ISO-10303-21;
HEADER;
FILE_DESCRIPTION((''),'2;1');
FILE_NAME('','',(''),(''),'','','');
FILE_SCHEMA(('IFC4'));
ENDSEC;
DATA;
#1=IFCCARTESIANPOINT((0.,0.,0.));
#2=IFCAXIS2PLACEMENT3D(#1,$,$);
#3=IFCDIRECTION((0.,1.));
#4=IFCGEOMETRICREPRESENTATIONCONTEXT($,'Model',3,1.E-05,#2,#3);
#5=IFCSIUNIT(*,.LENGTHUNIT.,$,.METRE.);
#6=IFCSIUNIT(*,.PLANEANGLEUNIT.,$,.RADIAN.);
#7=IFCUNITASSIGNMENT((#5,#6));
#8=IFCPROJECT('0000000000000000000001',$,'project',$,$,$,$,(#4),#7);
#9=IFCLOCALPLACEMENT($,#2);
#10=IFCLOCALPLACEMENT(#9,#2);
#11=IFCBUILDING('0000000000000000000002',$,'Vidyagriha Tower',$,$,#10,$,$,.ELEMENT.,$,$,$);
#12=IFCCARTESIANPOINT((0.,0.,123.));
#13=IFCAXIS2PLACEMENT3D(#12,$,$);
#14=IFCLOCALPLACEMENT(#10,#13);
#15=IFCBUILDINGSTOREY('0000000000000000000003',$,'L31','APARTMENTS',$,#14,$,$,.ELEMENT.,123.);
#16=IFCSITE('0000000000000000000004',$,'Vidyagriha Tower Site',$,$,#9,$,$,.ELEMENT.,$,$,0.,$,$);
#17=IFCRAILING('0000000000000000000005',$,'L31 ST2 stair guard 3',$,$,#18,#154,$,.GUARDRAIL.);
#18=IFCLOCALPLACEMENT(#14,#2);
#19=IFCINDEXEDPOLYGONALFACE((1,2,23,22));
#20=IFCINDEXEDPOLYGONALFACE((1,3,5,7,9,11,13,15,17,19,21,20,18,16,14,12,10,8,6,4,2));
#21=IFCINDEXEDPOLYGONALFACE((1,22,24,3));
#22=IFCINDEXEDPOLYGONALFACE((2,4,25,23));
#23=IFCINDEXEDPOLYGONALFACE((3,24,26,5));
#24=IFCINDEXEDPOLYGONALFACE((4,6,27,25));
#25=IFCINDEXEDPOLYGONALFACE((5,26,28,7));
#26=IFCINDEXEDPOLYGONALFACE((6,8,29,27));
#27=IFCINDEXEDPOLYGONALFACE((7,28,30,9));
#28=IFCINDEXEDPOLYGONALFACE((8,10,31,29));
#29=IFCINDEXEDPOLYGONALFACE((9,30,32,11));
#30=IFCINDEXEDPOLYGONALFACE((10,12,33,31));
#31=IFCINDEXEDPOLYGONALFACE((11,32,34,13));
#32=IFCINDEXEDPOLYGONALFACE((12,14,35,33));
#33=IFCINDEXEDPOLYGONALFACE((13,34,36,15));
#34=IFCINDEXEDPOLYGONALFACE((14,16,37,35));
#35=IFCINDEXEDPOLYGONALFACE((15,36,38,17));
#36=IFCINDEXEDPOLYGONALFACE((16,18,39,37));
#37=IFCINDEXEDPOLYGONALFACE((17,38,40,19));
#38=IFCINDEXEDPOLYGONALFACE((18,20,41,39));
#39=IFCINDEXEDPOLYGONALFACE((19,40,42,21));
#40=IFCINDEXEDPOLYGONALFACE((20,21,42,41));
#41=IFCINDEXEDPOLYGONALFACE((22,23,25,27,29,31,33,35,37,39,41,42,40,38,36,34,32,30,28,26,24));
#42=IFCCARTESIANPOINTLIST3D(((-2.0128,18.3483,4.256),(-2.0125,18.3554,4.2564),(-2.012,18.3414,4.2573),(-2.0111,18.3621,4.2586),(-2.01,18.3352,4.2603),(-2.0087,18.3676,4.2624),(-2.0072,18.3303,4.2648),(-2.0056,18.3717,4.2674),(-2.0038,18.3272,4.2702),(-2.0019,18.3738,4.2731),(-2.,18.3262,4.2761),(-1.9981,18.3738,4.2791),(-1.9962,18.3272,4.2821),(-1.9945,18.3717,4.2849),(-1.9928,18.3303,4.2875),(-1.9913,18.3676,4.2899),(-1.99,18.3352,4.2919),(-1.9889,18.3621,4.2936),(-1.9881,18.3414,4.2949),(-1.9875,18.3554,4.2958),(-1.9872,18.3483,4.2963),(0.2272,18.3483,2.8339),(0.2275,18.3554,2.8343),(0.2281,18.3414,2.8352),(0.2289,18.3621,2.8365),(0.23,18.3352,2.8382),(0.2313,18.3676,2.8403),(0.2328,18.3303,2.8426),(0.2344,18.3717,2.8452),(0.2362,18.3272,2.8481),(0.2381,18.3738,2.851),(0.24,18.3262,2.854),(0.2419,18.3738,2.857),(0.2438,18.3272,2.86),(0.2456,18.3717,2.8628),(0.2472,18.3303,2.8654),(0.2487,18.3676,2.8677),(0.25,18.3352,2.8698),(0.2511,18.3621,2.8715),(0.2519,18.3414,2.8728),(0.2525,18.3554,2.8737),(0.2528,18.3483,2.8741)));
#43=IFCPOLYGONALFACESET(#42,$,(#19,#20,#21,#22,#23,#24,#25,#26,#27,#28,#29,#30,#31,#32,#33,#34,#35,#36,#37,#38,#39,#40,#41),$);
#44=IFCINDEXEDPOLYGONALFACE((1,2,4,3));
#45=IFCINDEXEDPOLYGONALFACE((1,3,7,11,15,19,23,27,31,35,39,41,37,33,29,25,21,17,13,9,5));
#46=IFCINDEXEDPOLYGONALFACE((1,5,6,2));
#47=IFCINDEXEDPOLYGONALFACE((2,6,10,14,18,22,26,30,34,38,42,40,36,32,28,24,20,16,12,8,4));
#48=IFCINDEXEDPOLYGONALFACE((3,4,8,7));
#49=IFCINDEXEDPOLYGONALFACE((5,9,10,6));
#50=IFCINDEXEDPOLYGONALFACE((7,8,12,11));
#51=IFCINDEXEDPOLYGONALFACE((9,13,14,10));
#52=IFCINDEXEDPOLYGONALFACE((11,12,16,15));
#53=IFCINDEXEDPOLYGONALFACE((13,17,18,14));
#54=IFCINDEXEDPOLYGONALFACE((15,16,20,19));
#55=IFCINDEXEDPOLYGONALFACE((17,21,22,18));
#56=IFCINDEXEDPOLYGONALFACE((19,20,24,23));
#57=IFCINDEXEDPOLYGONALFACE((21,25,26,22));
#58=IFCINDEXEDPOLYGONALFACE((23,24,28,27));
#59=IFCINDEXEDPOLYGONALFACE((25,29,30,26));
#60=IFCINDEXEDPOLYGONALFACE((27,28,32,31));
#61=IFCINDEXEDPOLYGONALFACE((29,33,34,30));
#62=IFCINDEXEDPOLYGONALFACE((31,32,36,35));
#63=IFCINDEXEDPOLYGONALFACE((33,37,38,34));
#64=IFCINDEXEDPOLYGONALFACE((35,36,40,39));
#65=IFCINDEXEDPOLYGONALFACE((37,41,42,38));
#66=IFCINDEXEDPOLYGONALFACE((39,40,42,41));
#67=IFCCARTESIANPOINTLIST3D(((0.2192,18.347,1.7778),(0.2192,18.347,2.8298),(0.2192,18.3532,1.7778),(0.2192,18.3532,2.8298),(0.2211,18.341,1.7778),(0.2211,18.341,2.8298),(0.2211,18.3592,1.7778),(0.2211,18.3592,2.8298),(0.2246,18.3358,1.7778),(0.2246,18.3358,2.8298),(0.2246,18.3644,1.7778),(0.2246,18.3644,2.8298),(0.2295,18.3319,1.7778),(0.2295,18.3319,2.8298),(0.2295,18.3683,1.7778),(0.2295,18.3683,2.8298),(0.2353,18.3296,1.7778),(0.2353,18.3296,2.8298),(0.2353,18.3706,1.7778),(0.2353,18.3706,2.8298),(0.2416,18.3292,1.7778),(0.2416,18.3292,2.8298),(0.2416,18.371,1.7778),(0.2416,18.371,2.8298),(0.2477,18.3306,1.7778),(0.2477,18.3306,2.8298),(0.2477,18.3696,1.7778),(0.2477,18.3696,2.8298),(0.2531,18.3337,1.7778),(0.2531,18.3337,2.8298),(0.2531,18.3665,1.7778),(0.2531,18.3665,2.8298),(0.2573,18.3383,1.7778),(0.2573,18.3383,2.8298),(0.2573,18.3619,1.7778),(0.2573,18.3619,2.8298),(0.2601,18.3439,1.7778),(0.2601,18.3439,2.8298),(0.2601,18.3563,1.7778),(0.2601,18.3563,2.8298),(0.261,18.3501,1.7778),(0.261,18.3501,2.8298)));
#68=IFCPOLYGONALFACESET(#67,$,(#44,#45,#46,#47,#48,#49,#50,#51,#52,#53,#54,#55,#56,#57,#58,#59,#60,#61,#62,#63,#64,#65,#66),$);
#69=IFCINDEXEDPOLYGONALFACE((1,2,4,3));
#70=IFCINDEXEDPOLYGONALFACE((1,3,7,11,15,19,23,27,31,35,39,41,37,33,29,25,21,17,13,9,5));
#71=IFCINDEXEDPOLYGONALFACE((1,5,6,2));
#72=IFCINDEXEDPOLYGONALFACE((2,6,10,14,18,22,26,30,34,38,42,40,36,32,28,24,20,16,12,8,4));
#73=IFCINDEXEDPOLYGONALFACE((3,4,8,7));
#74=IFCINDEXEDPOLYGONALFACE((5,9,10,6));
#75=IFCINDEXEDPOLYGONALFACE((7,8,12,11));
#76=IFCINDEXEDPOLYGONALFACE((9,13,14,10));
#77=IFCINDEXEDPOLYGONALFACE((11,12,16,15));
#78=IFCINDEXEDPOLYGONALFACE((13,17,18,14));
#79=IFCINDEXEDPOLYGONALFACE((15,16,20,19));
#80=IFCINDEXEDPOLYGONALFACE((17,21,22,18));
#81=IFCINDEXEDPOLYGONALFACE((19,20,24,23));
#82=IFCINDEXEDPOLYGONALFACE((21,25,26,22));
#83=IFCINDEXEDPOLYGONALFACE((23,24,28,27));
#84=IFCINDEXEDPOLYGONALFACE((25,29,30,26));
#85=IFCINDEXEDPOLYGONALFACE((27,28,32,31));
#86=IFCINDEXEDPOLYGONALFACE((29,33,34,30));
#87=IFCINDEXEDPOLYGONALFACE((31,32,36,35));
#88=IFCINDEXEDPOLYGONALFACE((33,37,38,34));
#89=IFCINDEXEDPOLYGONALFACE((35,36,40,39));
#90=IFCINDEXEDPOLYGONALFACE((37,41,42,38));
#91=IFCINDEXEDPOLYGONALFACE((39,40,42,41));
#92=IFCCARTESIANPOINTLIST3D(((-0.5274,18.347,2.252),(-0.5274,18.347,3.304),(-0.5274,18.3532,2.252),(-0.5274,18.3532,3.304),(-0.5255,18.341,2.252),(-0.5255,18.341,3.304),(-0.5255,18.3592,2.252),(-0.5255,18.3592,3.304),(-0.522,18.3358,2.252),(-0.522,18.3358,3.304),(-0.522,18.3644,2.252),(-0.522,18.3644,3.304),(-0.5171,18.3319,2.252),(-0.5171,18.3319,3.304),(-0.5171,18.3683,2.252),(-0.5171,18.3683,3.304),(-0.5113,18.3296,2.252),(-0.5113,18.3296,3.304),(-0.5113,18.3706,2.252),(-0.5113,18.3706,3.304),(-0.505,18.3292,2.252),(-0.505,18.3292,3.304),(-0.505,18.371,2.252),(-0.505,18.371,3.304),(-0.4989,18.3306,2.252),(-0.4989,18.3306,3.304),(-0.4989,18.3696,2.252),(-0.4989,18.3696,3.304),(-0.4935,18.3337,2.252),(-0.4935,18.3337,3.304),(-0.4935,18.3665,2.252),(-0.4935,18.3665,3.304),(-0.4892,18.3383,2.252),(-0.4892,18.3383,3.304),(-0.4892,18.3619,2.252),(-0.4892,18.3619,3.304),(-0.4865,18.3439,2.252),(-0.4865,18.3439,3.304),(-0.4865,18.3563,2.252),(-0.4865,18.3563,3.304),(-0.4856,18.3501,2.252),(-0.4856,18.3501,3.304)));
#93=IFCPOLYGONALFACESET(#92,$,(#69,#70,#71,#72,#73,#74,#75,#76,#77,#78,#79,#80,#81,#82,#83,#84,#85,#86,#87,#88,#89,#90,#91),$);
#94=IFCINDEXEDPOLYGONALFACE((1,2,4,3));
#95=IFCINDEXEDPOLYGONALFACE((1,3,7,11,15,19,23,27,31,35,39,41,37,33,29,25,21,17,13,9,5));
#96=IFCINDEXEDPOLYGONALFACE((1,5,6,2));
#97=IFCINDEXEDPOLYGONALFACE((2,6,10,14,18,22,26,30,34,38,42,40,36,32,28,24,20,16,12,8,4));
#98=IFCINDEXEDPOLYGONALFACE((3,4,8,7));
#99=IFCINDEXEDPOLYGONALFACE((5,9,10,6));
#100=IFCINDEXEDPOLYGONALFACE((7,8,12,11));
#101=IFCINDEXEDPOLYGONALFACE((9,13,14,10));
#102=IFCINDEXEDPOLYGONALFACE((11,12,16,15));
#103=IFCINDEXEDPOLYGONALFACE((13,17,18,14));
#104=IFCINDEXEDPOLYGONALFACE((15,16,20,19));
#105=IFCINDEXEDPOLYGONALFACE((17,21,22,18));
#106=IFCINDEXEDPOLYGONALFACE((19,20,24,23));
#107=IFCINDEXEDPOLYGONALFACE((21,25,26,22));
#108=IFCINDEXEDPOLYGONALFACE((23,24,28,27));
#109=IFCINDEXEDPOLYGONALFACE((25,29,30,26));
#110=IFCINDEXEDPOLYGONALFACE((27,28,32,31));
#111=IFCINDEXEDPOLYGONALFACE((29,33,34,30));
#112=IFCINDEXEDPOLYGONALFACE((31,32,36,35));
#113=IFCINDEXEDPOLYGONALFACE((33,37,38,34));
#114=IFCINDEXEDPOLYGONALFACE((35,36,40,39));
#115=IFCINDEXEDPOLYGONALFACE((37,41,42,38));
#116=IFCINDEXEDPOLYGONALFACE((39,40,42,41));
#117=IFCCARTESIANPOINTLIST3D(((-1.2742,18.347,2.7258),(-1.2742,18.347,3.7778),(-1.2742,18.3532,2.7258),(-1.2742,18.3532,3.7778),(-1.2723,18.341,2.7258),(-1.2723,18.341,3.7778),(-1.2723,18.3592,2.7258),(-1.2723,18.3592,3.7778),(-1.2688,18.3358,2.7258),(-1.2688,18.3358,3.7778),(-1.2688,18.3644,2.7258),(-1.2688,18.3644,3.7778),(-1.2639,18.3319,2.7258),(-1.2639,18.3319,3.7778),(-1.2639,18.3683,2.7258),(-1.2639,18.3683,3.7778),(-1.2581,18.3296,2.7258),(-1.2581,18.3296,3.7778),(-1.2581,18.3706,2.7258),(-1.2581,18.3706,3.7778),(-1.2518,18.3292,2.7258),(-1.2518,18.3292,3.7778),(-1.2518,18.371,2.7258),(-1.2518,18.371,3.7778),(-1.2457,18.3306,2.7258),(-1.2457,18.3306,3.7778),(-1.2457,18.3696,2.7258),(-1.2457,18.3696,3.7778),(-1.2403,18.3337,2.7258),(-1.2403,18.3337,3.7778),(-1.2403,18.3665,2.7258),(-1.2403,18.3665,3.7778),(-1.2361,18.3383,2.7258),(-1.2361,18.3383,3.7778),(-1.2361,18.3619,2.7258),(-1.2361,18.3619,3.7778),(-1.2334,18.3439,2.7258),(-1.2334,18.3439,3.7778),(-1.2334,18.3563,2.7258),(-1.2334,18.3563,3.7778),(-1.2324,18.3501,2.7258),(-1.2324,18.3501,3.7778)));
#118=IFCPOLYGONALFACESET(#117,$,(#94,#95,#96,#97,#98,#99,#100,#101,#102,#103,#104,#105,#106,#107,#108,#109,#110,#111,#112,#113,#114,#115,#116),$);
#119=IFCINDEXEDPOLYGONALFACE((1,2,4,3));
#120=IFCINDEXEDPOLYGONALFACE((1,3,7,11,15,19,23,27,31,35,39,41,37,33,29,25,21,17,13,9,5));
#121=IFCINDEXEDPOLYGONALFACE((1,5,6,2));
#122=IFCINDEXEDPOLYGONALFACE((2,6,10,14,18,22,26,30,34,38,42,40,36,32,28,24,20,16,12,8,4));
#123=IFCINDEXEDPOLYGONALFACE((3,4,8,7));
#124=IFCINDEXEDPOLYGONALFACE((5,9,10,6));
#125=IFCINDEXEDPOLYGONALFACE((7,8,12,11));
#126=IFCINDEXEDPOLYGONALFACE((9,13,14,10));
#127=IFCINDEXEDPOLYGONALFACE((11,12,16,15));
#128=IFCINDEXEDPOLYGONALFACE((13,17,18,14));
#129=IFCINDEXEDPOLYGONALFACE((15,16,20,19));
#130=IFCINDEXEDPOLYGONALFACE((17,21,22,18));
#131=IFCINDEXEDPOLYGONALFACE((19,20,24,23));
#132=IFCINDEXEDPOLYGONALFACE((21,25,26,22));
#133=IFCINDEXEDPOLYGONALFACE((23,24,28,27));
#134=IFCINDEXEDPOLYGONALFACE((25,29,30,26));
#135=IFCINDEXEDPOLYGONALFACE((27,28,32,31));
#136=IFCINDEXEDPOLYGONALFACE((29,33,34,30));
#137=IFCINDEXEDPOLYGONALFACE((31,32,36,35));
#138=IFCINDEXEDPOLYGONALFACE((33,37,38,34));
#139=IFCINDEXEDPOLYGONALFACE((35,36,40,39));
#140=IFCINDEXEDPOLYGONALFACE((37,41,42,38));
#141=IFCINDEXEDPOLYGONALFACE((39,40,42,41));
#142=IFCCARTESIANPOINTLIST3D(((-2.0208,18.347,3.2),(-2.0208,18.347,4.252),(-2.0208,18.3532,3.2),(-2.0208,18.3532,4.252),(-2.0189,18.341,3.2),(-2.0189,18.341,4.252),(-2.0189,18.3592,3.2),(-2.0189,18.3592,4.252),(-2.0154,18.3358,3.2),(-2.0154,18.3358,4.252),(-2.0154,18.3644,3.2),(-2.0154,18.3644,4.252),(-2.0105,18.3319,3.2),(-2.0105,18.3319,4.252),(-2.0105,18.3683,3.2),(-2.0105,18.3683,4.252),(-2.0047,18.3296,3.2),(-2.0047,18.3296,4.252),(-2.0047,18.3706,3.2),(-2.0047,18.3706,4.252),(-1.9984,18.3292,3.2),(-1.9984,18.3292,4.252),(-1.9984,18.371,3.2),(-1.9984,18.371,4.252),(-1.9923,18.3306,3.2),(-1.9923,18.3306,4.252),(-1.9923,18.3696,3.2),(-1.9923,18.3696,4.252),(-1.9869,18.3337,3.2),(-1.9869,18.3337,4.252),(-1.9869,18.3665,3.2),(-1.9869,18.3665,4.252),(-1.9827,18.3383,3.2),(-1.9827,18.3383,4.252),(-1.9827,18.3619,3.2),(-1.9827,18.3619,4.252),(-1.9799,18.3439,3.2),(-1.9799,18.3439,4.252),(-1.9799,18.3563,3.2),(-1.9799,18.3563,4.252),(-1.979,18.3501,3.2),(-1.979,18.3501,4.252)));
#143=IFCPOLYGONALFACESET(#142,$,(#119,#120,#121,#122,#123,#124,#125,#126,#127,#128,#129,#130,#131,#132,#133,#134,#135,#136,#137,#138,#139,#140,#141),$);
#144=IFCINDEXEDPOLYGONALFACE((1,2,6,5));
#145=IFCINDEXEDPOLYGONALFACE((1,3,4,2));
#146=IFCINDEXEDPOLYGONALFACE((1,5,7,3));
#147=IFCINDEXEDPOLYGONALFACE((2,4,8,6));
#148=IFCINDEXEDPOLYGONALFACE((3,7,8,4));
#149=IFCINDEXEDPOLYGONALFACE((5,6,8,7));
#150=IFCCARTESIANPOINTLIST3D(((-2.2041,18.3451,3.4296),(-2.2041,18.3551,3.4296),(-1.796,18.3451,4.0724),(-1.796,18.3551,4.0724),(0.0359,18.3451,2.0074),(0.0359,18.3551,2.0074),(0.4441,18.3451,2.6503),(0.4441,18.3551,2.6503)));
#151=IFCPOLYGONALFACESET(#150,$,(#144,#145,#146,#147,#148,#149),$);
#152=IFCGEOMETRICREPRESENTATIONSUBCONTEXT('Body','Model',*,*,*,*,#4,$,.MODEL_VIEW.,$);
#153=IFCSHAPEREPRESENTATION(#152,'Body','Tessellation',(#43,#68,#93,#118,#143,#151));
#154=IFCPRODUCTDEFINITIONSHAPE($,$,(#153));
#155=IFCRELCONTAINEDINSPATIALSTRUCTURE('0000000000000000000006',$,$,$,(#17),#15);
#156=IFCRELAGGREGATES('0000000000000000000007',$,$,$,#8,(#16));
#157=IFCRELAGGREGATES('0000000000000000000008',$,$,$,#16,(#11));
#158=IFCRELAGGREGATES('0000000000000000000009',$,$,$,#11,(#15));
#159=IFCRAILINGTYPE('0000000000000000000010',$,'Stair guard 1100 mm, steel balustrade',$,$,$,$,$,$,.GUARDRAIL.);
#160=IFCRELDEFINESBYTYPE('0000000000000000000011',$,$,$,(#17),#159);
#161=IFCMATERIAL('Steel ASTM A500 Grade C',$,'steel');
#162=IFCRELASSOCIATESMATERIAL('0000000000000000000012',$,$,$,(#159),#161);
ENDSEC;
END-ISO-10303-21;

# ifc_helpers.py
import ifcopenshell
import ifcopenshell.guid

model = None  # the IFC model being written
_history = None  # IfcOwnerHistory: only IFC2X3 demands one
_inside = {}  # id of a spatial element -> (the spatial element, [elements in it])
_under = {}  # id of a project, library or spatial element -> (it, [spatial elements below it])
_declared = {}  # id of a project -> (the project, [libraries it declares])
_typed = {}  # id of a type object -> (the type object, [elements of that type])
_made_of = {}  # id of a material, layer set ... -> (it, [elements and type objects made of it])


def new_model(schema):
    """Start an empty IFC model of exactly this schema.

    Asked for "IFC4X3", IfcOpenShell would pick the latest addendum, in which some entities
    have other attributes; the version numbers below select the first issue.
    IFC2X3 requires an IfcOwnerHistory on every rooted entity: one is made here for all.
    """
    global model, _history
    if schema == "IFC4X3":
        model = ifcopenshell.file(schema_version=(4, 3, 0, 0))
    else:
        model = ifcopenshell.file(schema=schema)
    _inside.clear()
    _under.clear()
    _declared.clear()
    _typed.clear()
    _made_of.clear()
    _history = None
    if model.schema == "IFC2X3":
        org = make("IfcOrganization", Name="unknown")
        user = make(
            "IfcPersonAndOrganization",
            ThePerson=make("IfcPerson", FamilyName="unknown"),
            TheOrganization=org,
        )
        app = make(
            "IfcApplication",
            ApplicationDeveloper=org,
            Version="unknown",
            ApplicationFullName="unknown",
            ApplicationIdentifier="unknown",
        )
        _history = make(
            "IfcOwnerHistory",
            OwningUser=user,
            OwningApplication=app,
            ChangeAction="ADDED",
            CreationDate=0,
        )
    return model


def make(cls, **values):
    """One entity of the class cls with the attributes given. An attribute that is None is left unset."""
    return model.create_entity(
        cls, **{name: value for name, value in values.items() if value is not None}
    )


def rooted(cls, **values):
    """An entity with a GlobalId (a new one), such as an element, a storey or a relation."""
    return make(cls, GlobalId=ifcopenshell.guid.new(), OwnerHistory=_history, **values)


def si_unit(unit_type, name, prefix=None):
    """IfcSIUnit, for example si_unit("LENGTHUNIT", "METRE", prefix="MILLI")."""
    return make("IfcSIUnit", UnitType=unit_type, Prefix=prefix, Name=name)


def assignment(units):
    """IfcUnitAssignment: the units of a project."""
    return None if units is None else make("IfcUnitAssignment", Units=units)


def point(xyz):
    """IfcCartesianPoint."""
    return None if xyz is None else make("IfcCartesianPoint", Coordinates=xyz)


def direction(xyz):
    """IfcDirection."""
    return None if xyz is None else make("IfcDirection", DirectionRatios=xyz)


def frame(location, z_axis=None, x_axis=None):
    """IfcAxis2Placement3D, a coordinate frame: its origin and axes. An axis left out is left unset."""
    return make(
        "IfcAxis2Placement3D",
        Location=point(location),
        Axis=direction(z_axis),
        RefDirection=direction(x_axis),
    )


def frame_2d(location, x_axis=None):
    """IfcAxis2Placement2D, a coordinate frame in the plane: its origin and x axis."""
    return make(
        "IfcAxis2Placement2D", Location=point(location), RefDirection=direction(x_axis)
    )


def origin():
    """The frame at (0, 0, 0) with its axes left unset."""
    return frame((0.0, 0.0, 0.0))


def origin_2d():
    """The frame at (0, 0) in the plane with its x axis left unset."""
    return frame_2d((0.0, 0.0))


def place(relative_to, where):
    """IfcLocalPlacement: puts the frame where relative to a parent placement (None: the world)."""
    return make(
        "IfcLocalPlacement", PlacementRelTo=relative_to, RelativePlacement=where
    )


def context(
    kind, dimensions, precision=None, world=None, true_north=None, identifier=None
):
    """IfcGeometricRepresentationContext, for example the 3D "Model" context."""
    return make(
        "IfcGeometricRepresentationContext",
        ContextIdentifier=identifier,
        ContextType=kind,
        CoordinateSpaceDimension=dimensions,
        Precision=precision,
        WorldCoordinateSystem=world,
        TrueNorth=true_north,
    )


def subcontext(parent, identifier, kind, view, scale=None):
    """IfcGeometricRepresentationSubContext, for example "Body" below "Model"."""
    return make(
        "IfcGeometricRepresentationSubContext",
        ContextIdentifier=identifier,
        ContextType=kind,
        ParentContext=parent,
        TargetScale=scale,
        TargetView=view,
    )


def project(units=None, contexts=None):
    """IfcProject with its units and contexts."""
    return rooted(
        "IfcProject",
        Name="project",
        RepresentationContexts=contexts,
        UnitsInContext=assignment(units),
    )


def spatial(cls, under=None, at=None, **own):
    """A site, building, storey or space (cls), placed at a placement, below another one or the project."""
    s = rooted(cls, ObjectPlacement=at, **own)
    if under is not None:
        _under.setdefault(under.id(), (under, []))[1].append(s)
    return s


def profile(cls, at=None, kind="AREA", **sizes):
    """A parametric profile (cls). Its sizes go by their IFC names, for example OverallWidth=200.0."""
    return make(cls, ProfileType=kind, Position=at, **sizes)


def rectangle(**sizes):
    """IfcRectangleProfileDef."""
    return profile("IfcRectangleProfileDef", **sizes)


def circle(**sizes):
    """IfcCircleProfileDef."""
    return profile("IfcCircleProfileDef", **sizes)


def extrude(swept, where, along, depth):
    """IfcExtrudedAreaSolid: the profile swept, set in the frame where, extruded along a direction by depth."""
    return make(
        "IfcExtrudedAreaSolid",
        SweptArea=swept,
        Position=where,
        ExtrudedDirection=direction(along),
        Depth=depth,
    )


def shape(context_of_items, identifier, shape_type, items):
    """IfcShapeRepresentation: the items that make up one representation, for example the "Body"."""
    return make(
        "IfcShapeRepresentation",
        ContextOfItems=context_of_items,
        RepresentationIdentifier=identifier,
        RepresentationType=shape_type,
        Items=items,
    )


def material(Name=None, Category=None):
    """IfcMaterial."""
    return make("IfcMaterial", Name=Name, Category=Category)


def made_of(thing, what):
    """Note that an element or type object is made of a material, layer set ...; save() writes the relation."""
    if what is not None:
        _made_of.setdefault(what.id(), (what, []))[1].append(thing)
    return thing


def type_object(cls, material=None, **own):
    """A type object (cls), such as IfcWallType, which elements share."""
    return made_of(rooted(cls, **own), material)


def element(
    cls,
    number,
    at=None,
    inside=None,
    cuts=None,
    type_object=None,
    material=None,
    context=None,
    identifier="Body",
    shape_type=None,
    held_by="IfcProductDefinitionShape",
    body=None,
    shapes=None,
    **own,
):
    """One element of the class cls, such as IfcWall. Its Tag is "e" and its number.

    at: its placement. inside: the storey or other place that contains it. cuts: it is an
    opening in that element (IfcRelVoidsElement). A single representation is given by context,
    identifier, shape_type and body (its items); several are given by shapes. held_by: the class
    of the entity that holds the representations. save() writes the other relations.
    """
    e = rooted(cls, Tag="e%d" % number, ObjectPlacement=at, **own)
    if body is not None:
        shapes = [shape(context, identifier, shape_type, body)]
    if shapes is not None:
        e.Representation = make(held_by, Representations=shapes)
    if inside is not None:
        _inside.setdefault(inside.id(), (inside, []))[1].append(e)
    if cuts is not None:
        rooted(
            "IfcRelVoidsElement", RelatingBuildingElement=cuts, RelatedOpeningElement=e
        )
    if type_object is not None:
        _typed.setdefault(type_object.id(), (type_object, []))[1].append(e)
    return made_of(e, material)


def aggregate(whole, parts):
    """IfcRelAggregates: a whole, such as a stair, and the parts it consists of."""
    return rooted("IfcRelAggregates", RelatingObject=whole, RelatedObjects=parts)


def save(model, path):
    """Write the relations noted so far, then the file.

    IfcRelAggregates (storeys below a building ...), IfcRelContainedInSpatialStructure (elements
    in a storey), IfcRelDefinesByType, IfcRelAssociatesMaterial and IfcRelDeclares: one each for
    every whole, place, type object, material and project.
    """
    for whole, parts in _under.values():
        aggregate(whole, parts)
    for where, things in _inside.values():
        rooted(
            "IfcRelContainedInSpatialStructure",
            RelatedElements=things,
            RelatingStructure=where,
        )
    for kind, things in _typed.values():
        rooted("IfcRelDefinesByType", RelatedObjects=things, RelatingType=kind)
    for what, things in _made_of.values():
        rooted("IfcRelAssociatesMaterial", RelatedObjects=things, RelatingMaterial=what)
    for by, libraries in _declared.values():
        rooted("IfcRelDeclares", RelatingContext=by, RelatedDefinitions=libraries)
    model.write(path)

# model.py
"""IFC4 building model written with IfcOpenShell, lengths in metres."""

from ifc_helpers import new_model, si_unit, direction, frame, origin, origin_2d, place, context, subcontext, project, spatial, rectangle, circle, extrude, material, type_object, element, save


model = new_model("IFC4")

# Units and contexts
model_context = context("Model", 3, precision=1e-05, world=origin(), true_north=direction((0.0, 1.0)))
body_context = subcontext(model_context, "Body", "Model", "MODEL_VIEW")
ifc_project = project(units=[si_unit("LENGTHUNIT", "METRE"), si_unit("PLANEANGLEUNIT", "RADIAN")], contexts=[model_context])

# Site, building, storey
site_placement = place(None, origin())
site = spatial("IfcSite", under=ifc_project, at=site_placement, Name="Vidyagriha Tower Site", CompositionType="ELEMENT", RefElevation=0.0)
building_placement = place(site_placement, origin())
building = spatial("IfcBuilding", under=site, at=building_placement, Name="Vidyagriha Tower", CompositionType="ELEMENT")
storey_placement = place(building_placement, frame((0.0, 0.0, 123.0)))
storey = spatial("IfcBuildingStorey", under=building, at=storey_placement, Name="L31", Description="APARTMENTS", CompositionType="ELEMENT", Elevation=123.0)

# Railing
ifc_material_1 = material(Name="Steel ASTM A500 Grade C", Category="steel")
railing_type_1 = type_object("IfcRailingType", Name="Stair guard 1100 mm, steel balustrade", PredefinedType="GUARDRAIL", material=ifc_material_1)
railing_1_placement = place(storey_placement, frame((0.24, 18.3501, 1.7778)))
element("IfcRailing", 1, at=railing_1_placement, inside=storey, type_object=railing_type_1, Name="L31 ST2 stair guard 3", PredefinedType="GUARDRAIL", context=body_context, shape_type="SweptSolid", body=[
    extrude(circle(Radius=0.0239, at=origin_2d()), frame((0.0, 0.0, 1.0762), z_axis=(-0.844229, 0.0, 0.535982), x_axis=(0.0, -1.0, 0.0)), (0.0, 0.0, 1.0), 2.6533),
    extrude(circle(Radius=0.021, at=origin_2d()), origin(), (0.0, 0.0, 1.0), 1.052),
    extrude(circle(Radius=0.021, at=origin_2d()), frame((-0.7466, 0.0, 0.4741)), (0.0, 0.0, 1.0), 1.052),
    extrude(circle(Radius=0.021, at=origin_2d()), frame((-1.4934, 0.0, 0.948)), (0.0, 0.0, 1.0), 1.052),
    extrude(circle(Radius=0.021, at=origin_2d()), frame((-2.24, 0.0, 1.4221)), (0.0, 0.0, 1.0), 1.052),
    extrude(rectangle(XDim=0.01, YDim=0.7615, at=origin_2d()), frame((0.0, 0.0, 0.551), z_axis=(-0.844229, 0.0, 0.535982), x_axis=(0.0, -1.0, 0.0)), (0.0, 0.0, 1.0), 2.6533),
])

save(model, "model.ifc")
